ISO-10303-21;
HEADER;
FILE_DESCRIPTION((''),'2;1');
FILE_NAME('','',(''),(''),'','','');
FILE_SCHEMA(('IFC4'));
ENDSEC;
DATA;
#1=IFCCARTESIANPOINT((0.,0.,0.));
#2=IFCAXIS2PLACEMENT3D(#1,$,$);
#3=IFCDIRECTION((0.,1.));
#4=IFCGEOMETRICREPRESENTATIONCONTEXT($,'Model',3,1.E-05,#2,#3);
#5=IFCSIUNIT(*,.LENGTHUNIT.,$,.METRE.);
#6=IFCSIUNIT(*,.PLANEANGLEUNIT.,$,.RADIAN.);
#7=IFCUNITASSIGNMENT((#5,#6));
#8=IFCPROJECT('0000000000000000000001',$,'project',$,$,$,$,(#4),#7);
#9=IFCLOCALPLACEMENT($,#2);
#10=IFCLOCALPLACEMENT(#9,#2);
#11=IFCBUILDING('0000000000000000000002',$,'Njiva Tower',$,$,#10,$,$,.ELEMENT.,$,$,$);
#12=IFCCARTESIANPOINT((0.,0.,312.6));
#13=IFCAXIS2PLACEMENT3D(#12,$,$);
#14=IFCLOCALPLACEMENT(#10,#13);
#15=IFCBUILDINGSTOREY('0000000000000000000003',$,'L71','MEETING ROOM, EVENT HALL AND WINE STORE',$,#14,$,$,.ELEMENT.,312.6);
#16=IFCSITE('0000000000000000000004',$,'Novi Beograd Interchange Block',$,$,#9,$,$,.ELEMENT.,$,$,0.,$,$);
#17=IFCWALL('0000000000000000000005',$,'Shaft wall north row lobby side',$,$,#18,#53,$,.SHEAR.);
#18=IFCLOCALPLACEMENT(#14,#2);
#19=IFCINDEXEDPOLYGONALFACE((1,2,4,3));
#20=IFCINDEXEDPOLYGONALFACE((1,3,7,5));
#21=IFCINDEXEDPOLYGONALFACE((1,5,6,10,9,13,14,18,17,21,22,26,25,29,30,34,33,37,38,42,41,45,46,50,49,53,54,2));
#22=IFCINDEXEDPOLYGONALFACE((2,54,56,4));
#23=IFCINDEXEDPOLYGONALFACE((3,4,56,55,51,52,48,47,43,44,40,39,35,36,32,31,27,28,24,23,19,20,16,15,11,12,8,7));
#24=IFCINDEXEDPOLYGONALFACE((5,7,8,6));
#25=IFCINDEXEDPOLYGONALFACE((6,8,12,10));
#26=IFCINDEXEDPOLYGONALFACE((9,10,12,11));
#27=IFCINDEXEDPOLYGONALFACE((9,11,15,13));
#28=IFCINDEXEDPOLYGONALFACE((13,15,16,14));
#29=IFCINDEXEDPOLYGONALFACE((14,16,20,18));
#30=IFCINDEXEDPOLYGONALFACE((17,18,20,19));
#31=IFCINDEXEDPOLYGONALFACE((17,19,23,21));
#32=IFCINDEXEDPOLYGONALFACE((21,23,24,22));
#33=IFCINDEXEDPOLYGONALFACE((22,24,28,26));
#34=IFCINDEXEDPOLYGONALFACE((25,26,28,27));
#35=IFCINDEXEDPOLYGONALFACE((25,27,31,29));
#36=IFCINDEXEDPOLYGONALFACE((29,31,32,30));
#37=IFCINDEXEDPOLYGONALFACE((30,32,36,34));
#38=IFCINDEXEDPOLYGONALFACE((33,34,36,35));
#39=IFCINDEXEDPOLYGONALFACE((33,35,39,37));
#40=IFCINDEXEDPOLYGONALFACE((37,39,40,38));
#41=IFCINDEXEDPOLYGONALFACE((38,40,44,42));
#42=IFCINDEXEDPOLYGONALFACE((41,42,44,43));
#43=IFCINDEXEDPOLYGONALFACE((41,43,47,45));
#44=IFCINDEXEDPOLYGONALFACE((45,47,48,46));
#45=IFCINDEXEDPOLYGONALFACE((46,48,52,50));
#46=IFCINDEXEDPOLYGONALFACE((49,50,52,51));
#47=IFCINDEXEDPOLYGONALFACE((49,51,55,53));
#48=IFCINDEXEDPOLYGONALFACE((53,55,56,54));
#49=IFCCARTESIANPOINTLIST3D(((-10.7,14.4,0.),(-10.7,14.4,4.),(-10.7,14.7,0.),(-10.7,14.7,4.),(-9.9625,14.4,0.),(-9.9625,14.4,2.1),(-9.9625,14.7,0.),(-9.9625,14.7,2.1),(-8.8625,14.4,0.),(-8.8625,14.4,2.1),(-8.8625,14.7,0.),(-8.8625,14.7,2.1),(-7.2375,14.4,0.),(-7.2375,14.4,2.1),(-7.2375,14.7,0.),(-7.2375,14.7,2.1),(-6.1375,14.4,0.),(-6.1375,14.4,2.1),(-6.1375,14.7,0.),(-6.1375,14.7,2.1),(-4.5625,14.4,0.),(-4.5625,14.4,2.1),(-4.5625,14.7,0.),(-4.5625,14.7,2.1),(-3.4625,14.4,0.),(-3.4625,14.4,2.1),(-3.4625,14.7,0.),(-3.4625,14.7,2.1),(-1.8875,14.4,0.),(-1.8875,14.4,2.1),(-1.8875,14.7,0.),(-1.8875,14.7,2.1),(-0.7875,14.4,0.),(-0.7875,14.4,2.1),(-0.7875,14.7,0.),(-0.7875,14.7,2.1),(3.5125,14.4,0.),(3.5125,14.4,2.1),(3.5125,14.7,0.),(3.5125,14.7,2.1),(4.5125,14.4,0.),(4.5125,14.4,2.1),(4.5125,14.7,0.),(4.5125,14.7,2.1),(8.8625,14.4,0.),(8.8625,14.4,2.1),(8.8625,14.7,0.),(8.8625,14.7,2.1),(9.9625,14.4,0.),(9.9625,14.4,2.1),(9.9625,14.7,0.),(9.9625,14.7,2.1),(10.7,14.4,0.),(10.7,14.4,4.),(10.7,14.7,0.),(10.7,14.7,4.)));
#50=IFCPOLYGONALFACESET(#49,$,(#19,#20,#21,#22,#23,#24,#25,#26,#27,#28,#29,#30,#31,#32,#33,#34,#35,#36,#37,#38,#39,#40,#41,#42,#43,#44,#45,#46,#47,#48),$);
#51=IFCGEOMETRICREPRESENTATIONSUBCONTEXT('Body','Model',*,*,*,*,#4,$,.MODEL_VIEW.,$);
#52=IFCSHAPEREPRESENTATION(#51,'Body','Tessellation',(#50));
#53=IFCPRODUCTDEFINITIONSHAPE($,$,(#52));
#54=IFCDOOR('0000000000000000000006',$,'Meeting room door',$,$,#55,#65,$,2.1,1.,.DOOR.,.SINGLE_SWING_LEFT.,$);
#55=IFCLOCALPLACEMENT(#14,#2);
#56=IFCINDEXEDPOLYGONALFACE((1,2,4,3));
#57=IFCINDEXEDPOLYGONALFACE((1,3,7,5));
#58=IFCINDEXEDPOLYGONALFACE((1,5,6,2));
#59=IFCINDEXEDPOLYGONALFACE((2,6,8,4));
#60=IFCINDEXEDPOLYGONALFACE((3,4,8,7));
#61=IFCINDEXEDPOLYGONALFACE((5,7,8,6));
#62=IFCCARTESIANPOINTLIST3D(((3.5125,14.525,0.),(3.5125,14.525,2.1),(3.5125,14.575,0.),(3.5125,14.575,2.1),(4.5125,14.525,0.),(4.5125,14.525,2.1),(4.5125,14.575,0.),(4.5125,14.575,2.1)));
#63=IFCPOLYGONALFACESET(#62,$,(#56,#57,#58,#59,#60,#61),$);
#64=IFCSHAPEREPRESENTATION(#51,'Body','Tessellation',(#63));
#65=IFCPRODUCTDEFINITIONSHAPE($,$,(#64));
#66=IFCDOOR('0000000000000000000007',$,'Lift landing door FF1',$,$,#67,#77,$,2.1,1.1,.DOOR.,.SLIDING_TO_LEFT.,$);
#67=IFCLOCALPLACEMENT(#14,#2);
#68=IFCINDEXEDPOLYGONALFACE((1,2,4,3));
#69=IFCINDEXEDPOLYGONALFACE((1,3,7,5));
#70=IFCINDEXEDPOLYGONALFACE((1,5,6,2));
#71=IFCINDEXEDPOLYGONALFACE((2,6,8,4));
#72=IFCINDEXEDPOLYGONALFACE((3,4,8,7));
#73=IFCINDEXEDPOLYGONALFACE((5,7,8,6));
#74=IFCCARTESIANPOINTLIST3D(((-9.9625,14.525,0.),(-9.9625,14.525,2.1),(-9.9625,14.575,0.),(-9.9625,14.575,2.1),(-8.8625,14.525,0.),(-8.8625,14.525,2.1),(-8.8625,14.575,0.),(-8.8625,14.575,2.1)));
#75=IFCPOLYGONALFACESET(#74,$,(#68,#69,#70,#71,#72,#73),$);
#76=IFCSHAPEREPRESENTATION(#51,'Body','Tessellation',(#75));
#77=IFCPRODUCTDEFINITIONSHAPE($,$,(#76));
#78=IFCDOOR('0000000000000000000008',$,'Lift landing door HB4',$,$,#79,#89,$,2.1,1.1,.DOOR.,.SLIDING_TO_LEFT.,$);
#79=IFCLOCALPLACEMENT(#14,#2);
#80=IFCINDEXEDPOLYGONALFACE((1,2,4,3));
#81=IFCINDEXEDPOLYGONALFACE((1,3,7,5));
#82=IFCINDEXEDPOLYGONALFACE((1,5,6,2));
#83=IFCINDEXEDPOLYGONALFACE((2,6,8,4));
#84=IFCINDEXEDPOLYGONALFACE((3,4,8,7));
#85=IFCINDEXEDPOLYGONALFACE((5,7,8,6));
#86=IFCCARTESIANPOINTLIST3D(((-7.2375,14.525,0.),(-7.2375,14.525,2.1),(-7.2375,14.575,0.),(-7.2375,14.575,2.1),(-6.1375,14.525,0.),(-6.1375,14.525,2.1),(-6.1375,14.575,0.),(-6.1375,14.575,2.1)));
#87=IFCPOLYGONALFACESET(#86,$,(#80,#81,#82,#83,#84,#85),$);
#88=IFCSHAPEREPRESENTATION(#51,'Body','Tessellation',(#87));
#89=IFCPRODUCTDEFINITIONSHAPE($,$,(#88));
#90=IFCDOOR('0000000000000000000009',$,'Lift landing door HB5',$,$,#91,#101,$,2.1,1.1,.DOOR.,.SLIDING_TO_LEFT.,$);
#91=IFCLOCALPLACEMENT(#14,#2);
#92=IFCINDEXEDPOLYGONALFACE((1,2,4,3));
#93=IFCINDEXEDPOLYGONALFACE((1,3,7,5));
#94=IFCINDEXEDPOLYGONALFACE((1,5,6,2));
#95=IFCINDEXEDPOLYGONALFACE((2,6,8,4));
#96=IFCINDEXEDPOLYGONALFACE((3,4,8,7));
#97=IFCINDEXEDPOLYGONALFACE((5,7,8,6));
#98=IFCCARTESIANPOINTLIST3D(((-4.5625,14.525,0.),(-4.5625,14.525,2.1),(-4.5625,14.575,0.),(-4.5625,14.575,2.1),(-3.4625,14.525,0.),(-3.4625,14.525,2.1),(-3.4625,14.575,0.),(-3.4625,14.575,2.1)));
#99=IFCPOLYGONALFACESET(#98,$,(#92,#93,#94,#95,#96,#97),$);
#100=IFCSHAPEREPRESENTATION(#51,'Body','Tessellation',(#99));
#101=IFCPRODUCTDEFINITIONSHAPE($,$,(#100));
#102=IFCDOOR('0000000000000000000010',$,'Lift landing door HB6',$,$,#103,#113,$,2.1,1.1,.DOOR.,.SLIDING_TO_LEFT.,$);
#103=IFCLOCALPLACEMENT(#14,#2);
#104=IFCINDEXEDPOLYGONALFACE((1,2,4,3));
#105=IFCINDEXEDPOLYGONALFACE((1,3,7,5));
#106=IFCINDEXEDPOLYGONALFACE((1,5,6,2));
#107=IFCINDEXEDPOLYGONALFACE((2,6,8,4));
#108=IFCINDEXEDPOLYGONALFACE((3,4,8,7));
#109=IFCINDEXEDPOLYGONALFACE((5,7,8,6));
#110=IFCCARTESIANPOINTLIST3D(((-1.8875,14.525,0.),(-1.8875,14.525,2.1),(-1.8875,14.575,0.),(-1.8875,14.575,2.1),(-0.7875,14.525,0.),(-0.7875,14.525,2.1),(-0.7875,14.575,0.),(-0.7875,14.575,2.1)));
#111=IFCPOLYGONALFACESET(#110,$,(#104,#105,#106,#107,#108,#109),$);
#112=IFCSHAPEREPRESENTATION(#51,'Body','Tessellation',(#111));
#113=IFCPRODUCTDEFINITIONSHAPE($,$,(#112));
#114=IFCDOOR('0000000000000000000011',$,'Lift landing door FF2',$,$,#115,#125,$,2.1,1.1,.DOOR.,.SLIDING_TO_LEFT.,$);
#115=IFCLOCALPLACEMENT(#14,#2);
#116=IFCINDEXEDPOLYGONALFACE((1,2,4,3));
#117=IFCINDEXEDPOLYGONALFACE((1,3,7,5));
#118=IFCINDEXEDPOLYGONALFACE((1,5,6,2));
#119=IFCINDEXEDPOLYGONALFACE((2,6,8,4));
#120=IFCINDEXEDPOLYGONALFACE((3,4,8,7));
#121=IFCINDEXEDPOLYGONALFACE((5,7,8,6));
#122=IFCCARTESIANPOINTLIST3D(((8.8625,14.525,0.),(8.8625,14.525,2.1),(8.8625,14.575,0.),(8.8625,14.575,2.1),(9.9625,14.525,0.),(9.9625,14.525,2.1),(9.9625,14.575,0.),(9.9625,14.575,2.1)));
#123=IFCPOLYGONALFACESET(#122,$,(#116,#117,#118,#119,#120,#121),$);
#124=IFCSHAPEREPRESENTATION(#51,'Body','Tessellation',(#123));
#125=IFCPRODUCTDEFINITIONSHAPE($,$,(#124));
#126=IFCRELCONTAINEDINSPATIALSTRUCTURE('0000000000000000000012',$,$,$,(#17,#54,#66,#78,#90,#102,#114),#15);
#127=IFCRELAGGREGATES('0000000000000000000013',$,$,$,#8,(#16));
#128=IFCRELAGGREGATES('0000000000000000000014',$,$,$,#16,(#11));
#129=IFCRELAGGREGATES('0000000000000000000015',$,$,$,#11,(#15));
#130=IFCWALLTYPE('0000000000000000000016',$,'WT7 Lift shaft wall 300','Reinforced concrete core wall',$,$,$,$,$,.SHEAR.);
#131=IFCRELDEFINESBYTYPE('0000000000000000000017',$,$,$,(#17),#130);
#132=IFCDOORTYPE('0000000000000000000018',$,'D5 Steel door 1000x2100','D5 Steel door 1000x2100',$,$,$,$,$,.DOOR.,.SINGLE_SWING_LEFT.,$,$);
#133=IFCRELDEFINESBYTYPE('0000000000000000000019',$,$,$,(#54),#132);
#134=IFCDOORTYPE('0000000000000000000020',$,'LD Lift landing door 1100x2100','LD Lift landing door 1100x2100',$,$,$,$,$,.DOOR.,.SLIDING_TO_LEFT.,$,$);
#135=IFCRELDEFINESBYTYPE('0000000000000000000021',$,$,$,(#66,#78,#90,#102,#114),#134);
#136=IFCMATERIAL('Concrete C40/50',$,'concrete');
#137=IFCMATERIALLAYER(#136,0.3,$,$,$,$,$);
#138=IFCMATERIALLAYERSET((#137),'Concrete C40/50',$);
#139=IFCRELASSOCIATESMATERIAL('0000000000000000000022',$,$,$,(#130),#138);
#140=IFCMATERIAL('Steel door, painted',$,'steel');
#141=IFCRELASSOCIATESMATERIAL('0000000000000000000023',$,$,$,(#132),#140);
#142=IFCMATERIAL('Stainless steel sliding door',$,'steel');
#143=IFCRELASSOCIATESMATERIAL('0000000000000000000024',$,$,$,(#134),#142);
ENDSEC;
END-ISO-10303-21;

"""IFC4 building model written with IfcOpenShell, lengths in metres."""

from ifc_helpers import new_model, si_unit, direction, frame, frame_2d, origin, place, context, subcontext, project, spatial, rectangle, extrude, material, layer, layer_set, type_object, element, fill, save


model = new_model("IFC4")

# Units and contexts
model_context = context("Model", 3, precision=1e-05, world=origin(), true_north=direction((0.0, 1.0)))
body_context = subcontext(model_context, "Body", "Model", "MODEL_VIEW")
ifc_project = project(units=[si_unit("LENGTHUNIT", "METRE"), si_unit("PLANEANGLEUNIT", "RADIAN")], contexts=[model_context])

# Site, building, storey
site_placement = place(None, origin())
site = spatial("IfcSite", under=ifc_project, at=site_placement, Name="Novi Beograd Interchange Block", CompositionType="ELEMENT", RefElevation=0.0)
building_placement = place(site_placement, origin())
building = spatial("IfcBuilding", under=site, at=building_placement, Name="Njiva Tower", CompositionType="ELEMENT")
storey_placement = place(building_placement, frame((0.0, 0.0, 312.6)))
storey = spatial("IfcBuildingStorey", under=building, at=storey_placement, Name="L71", Description="MEETING ROOM, EVENT HALL AND WINE STORE", CompositionType="ELEMENT", Elevation=312.6)

# Shared definitions
ifc_material_1 = material(Name="Concrete C40/50", Category="concrete")

# Wall, openings, doors
ifc_layer_1 = layer(ifc_material_1, 0.3)
ifc_layer_set_1 = layer_set([ifc_layer_1], Name="Concrete C40/50")
wall_type_1 = type_object("IfcWallType", Name="WT7 Lift shaft wall 300", Description="Reinforced concrete core wall", PredefinedType="SHEAR", material=ifc_layer_set_1)
wall_1_placement = place(storey_placement, frame((-10.7, 14.55, 0.0), z_axis=(0.0, 0.0, 1.0), x_axis=(1.0, 0.0, 0.0)))
wall_1 = element("IfcWall", 1, at=wall_1_placement, inside=storey, type_object=wall_type_1, Name="Shaft wall north row lobby side", PredefinedType="SHEAR", context=body_context, shape_type="SweptSolid", body=[
    extrude(rectangle(XDim=21.4, YDim=0.3, at=frame_2d((10.7, 0.0))), origin(), (0.0, 0.0, 1.0), 4.0),
])
opening_1_placement = place(wall_1_placement, frame((0.7375, 0.0, 0.0)))
opening_1 = element("IfcOpeningElement", 2, at=opening_1_placement, cuts=wall_1, PredefinedType="OPENING", context=body_context, shape_type="SweptSolid", body=[
    extrude(rectangle(XDim=1.1, YDim=2.1, at=frame_2d((0.55, 1.05))), frame((0.0, 0.16, 0.0), z_axis=(0.0, -1.0, 0.0), x_axis=(1.0, 0.0, 0.0)), (0.0, 0.0, 1.0), 0.32),
])
opening_2_placement = place(wall_1_placement, frame((3.4625, 0.0, 0.0)))
opening_2 = element("IfcOpeningElement", 3, at=opening_2_placement, cuts=wall_1, PredefinedType="OPENING", context=body_context, shape_type="SweptSolid", body=[
    extrude(rectangle(XDim=1.1, YDim=2.1, at=frame_2d((0.55, 1.05))), frame((0.0, 0.16, 0.0), z_axis=(0.0, -1.0, 0.0), x_axis=(1.0, 0.0, 0.0)), (0.0, 0.0, 1.0), 0.32),
])
opening_3_placement = place(wall_1_placement, frame((6.1375, 0.0, 0.0)))
opening_3 = element("IfcOpeningElement", 4, at=opening_3_placement, cuts=wall_1, PredefinedType="OPENING", context=body_context, shape_type="SweptSolid", body=[
    extrude(rectangle(XDim=1.1, YDim=2.1, at=frame_2d((0.55, 1.05))), frame((0.0, 0.16, 0.0), z_axis=(0.0, -1.0, 0.0), x_axis=(1.0, 0.0, 0.0)), (0.0, 0.0, 1.0), 0.32),
])
opening_4_placement = place(wall_1_placement, frame((8.8125, 0.0, 0.0)))
opening_4 = element("IfcOpeningElement", 5, at=opening_4_placement, cuts=wall_1, PredefinedType="OPENING", context=body_context, shape_type="SweptSolid", body=[
    extrude(rectangle(XDim=1.1, YDim=2.1, at=frame_2d((0.55, 1.05))), frame((0.0, 0.16, 0.0), z_axis=(0.0, -1.0, 0.0), x_axis=(1.0, 0.0, 0.0)), (0.0, 0.0, 1.0), 0.32),
])
opening_5_placement = place(wall_1_placement, frame((19.5625, 0.0, 0.0)))
opening_5 = element("IfcOpeningElement", 6, at=opening_5_placement, cuts=wall_1, PredefinedType="OPENING", context=body_context, shape_type="SweptSolid", body=[
    extrude(rectangle(XDim=1.1, YDim=2.1, at=frame_2d((0.55, 1.05))), frame((0.0, 0.16, 0.0), z_axis=(0.0, -1.0, 0.0), x_axis=(1.0, 0.0, 0.0)), (0.0, 0.0, 1.0), 0.32),
])
opening_6_placement = place(wall_1_placement, frame((14.2125, 0.0, 0.0)))
opening_6 = element("IfcOpeningElement", 7, at=opening_6_placement, cuts=wall_1, PredefinedType="OPENING", context=body_context, shape_type="SweptSolid", body=[
    extrude(rectangle(XDim=1.0, YDim=2.1, at=frame_2d((0.5, 1.05))), frame((0.0, 0.16, 0.0), z_axis=(0.0, -1.0, 0.0), x_axis=(1.0, 0.0, 0.0)), (0.0, 0.0, 1.0), 0.32),
])
ifc_material_2 = material(Name="Steel door, painted", Category="steel")
door_type_1 = type_object("IfcDoorType", Name="D5 Steel door 1000x2100", Description="D5 Steel door 1000x2100", OperationType="SINGLE_SWING_LEFT", PredefinedType="DOOR", material=ifc_material_2)
door_1_placement = place(opening_6_placement, origin())
door_1 = element("IfcDoor", 8, at=door_1_placement, inside=storey, type_object=door_type_1, Name="Meeting room door", OperationType="SINGLE_SWING_LEFT", OverallHeight=2.1, OverallWidth=1.0, PredefinedType="DOOR", context=body_context, shape_type="SweptSolid", body=[
    extrude(rectangle(XDim=1.0, YDim=2.1, at=frame_2d((0.5, 1.05))), frame((0.0, 0.025, 0.0), z_axis=(0.0, -1.0, 0.0), x_axis=(1.0, 0.0, 0.0)), (0.0, 0.0, 1.0), 0.05),
])
fill(opening_6, door_1)
ifc_material_3 = material(Name="Stainless steel sliding door", Category="steel")
door_type_2 = type_object("IfcDoorType", Name="LD Lift landing door 1100x2100", Description="LD Lift landing door 1100x2100", OperationType="SLIDING_TO_LEFT", PredefinedType="DOOR", material=ifc_material_3)
door_2_placement = place(opening_1_placement, origin())
door_2 = element("IfcDoor", 9, at=door_2_placement, inside=storey, type_object=door_type_2, Name="Lift landing door FF1", OperationType="SLIDING_TO_LEFT", OverallHeight=2.1, OverallWidth=1.1, PredefinedType="DOOR", context=body_context, shape_type="SweptSolid", body=[
    extrude(rectangle(XDim=1.1, YDim=2.1, at=frame_2d((0.55, 1.05))), frame((0.0, 0.025, 0.0), z_axis=(0.0, -1.0, 0.0), x_axis=(1.0, 0.0, 0.0)), (0.0, 0.0, 1.0), 0.05),
])
fill(opening_1, door_2)
door_3_placement = place(opening_2_placement, origin())
door_3 = element("IfcDoor", 10, at=door_3_placement, inside=storey, type_object=door_type_2, Name="Lift landing door HB4", OperationType="SLIDING_TO_LEFT", OverallHeight=2.1, OverallWidth=1.1, PredefinedType="DOOR", context=body_context, shape_type="SweptSolid", body=[
    extrude(rectangle(XDim=1.1, YDim=2.1, at=frame_2d((0.55, 1.05))), frame((0.0, 0.025, 0.0), z_axis=(0.0, -1.0, 0.0), x_axis=(1.0, 0.0, 0.0)), (0.0, 0.0, 1.0), 0.05),
])
fill(opening_2, door_3)
door_4_placement = place(opening_3_placement, origin())
door_4 = element("IfcDoor", 11, at=door_4_placement, inside=storey, type_object=door_type_2, Name="Lift landing door HB5", OperationType="SLIDING_TO_LEFT", OverallHeight=2.1, OverallWidth=1.1, PredefinedType="DOOR", context=body_context, shape_type="SweptSolid", body=[
    extrude(rectangle(XDim=1.1, YDim=2.1, at=frame_2d((0.55, 1.05))), frame((0.0, 0.025, 0.0), z_axis=(0.0, -1.0, 0.0), x_axis=(1.0, 0.0, 0.0)), (0.0, 0.0, 1.0), 0.05),
])
fill(opening_3, door_4)
door_5_placement = place(opening_4_placement, origin())
door_5 = element("IfcDoor", 12, at=door_5_placement, inside=storey, type_object=door_type_2, Name="Lift landing door HB6", OperationType="SLIDING_TO_LEFT", OverallHeight=2.1, OverallWidth=1.1, PredefinedType="DOOR", context=body_context, shape_type="SweptSolid", body=[
    extrude(rectangle(XDim=1.1, YDim=2.1, at=frame_2d((0.55, 1.05))), frame((0.0, 0.025, 0.0), z_axis=(0.0, -1.0, 0.0), x_axis=(1.0, 0.0, 0.0)), (0.0, 0.0, 1.0), 0.05),
])
fill(opening_4, door_5)
door_6_placement = place(opening_5_placement, origin())
door_6 = element("IfcDoor", 13, at=door_6_placement, inside=storey, type_object=door_type_2, Name="Lift landing door FF2", OperationType="SLIDING_TO_LEFT", OverallHeight=2.1, OverallWidth=1.1, PredefinedType="DOOR", context=body_context, shape_type="SweptSolid", body=[
    extrude(rectangle(XDim=1.1, YDim=2.1, at=frame_2d((0.55, 1.05))), frame((0.0, 0.025, 0.0), z_axis=(0.0, -1.0, 0.0), x_axis=(1.0, 0.0, 0.0)), (0.0, 0.0, 1.0), 0.05),
])
fill(opening_5, door_6)

save(model, "model.ifc")
